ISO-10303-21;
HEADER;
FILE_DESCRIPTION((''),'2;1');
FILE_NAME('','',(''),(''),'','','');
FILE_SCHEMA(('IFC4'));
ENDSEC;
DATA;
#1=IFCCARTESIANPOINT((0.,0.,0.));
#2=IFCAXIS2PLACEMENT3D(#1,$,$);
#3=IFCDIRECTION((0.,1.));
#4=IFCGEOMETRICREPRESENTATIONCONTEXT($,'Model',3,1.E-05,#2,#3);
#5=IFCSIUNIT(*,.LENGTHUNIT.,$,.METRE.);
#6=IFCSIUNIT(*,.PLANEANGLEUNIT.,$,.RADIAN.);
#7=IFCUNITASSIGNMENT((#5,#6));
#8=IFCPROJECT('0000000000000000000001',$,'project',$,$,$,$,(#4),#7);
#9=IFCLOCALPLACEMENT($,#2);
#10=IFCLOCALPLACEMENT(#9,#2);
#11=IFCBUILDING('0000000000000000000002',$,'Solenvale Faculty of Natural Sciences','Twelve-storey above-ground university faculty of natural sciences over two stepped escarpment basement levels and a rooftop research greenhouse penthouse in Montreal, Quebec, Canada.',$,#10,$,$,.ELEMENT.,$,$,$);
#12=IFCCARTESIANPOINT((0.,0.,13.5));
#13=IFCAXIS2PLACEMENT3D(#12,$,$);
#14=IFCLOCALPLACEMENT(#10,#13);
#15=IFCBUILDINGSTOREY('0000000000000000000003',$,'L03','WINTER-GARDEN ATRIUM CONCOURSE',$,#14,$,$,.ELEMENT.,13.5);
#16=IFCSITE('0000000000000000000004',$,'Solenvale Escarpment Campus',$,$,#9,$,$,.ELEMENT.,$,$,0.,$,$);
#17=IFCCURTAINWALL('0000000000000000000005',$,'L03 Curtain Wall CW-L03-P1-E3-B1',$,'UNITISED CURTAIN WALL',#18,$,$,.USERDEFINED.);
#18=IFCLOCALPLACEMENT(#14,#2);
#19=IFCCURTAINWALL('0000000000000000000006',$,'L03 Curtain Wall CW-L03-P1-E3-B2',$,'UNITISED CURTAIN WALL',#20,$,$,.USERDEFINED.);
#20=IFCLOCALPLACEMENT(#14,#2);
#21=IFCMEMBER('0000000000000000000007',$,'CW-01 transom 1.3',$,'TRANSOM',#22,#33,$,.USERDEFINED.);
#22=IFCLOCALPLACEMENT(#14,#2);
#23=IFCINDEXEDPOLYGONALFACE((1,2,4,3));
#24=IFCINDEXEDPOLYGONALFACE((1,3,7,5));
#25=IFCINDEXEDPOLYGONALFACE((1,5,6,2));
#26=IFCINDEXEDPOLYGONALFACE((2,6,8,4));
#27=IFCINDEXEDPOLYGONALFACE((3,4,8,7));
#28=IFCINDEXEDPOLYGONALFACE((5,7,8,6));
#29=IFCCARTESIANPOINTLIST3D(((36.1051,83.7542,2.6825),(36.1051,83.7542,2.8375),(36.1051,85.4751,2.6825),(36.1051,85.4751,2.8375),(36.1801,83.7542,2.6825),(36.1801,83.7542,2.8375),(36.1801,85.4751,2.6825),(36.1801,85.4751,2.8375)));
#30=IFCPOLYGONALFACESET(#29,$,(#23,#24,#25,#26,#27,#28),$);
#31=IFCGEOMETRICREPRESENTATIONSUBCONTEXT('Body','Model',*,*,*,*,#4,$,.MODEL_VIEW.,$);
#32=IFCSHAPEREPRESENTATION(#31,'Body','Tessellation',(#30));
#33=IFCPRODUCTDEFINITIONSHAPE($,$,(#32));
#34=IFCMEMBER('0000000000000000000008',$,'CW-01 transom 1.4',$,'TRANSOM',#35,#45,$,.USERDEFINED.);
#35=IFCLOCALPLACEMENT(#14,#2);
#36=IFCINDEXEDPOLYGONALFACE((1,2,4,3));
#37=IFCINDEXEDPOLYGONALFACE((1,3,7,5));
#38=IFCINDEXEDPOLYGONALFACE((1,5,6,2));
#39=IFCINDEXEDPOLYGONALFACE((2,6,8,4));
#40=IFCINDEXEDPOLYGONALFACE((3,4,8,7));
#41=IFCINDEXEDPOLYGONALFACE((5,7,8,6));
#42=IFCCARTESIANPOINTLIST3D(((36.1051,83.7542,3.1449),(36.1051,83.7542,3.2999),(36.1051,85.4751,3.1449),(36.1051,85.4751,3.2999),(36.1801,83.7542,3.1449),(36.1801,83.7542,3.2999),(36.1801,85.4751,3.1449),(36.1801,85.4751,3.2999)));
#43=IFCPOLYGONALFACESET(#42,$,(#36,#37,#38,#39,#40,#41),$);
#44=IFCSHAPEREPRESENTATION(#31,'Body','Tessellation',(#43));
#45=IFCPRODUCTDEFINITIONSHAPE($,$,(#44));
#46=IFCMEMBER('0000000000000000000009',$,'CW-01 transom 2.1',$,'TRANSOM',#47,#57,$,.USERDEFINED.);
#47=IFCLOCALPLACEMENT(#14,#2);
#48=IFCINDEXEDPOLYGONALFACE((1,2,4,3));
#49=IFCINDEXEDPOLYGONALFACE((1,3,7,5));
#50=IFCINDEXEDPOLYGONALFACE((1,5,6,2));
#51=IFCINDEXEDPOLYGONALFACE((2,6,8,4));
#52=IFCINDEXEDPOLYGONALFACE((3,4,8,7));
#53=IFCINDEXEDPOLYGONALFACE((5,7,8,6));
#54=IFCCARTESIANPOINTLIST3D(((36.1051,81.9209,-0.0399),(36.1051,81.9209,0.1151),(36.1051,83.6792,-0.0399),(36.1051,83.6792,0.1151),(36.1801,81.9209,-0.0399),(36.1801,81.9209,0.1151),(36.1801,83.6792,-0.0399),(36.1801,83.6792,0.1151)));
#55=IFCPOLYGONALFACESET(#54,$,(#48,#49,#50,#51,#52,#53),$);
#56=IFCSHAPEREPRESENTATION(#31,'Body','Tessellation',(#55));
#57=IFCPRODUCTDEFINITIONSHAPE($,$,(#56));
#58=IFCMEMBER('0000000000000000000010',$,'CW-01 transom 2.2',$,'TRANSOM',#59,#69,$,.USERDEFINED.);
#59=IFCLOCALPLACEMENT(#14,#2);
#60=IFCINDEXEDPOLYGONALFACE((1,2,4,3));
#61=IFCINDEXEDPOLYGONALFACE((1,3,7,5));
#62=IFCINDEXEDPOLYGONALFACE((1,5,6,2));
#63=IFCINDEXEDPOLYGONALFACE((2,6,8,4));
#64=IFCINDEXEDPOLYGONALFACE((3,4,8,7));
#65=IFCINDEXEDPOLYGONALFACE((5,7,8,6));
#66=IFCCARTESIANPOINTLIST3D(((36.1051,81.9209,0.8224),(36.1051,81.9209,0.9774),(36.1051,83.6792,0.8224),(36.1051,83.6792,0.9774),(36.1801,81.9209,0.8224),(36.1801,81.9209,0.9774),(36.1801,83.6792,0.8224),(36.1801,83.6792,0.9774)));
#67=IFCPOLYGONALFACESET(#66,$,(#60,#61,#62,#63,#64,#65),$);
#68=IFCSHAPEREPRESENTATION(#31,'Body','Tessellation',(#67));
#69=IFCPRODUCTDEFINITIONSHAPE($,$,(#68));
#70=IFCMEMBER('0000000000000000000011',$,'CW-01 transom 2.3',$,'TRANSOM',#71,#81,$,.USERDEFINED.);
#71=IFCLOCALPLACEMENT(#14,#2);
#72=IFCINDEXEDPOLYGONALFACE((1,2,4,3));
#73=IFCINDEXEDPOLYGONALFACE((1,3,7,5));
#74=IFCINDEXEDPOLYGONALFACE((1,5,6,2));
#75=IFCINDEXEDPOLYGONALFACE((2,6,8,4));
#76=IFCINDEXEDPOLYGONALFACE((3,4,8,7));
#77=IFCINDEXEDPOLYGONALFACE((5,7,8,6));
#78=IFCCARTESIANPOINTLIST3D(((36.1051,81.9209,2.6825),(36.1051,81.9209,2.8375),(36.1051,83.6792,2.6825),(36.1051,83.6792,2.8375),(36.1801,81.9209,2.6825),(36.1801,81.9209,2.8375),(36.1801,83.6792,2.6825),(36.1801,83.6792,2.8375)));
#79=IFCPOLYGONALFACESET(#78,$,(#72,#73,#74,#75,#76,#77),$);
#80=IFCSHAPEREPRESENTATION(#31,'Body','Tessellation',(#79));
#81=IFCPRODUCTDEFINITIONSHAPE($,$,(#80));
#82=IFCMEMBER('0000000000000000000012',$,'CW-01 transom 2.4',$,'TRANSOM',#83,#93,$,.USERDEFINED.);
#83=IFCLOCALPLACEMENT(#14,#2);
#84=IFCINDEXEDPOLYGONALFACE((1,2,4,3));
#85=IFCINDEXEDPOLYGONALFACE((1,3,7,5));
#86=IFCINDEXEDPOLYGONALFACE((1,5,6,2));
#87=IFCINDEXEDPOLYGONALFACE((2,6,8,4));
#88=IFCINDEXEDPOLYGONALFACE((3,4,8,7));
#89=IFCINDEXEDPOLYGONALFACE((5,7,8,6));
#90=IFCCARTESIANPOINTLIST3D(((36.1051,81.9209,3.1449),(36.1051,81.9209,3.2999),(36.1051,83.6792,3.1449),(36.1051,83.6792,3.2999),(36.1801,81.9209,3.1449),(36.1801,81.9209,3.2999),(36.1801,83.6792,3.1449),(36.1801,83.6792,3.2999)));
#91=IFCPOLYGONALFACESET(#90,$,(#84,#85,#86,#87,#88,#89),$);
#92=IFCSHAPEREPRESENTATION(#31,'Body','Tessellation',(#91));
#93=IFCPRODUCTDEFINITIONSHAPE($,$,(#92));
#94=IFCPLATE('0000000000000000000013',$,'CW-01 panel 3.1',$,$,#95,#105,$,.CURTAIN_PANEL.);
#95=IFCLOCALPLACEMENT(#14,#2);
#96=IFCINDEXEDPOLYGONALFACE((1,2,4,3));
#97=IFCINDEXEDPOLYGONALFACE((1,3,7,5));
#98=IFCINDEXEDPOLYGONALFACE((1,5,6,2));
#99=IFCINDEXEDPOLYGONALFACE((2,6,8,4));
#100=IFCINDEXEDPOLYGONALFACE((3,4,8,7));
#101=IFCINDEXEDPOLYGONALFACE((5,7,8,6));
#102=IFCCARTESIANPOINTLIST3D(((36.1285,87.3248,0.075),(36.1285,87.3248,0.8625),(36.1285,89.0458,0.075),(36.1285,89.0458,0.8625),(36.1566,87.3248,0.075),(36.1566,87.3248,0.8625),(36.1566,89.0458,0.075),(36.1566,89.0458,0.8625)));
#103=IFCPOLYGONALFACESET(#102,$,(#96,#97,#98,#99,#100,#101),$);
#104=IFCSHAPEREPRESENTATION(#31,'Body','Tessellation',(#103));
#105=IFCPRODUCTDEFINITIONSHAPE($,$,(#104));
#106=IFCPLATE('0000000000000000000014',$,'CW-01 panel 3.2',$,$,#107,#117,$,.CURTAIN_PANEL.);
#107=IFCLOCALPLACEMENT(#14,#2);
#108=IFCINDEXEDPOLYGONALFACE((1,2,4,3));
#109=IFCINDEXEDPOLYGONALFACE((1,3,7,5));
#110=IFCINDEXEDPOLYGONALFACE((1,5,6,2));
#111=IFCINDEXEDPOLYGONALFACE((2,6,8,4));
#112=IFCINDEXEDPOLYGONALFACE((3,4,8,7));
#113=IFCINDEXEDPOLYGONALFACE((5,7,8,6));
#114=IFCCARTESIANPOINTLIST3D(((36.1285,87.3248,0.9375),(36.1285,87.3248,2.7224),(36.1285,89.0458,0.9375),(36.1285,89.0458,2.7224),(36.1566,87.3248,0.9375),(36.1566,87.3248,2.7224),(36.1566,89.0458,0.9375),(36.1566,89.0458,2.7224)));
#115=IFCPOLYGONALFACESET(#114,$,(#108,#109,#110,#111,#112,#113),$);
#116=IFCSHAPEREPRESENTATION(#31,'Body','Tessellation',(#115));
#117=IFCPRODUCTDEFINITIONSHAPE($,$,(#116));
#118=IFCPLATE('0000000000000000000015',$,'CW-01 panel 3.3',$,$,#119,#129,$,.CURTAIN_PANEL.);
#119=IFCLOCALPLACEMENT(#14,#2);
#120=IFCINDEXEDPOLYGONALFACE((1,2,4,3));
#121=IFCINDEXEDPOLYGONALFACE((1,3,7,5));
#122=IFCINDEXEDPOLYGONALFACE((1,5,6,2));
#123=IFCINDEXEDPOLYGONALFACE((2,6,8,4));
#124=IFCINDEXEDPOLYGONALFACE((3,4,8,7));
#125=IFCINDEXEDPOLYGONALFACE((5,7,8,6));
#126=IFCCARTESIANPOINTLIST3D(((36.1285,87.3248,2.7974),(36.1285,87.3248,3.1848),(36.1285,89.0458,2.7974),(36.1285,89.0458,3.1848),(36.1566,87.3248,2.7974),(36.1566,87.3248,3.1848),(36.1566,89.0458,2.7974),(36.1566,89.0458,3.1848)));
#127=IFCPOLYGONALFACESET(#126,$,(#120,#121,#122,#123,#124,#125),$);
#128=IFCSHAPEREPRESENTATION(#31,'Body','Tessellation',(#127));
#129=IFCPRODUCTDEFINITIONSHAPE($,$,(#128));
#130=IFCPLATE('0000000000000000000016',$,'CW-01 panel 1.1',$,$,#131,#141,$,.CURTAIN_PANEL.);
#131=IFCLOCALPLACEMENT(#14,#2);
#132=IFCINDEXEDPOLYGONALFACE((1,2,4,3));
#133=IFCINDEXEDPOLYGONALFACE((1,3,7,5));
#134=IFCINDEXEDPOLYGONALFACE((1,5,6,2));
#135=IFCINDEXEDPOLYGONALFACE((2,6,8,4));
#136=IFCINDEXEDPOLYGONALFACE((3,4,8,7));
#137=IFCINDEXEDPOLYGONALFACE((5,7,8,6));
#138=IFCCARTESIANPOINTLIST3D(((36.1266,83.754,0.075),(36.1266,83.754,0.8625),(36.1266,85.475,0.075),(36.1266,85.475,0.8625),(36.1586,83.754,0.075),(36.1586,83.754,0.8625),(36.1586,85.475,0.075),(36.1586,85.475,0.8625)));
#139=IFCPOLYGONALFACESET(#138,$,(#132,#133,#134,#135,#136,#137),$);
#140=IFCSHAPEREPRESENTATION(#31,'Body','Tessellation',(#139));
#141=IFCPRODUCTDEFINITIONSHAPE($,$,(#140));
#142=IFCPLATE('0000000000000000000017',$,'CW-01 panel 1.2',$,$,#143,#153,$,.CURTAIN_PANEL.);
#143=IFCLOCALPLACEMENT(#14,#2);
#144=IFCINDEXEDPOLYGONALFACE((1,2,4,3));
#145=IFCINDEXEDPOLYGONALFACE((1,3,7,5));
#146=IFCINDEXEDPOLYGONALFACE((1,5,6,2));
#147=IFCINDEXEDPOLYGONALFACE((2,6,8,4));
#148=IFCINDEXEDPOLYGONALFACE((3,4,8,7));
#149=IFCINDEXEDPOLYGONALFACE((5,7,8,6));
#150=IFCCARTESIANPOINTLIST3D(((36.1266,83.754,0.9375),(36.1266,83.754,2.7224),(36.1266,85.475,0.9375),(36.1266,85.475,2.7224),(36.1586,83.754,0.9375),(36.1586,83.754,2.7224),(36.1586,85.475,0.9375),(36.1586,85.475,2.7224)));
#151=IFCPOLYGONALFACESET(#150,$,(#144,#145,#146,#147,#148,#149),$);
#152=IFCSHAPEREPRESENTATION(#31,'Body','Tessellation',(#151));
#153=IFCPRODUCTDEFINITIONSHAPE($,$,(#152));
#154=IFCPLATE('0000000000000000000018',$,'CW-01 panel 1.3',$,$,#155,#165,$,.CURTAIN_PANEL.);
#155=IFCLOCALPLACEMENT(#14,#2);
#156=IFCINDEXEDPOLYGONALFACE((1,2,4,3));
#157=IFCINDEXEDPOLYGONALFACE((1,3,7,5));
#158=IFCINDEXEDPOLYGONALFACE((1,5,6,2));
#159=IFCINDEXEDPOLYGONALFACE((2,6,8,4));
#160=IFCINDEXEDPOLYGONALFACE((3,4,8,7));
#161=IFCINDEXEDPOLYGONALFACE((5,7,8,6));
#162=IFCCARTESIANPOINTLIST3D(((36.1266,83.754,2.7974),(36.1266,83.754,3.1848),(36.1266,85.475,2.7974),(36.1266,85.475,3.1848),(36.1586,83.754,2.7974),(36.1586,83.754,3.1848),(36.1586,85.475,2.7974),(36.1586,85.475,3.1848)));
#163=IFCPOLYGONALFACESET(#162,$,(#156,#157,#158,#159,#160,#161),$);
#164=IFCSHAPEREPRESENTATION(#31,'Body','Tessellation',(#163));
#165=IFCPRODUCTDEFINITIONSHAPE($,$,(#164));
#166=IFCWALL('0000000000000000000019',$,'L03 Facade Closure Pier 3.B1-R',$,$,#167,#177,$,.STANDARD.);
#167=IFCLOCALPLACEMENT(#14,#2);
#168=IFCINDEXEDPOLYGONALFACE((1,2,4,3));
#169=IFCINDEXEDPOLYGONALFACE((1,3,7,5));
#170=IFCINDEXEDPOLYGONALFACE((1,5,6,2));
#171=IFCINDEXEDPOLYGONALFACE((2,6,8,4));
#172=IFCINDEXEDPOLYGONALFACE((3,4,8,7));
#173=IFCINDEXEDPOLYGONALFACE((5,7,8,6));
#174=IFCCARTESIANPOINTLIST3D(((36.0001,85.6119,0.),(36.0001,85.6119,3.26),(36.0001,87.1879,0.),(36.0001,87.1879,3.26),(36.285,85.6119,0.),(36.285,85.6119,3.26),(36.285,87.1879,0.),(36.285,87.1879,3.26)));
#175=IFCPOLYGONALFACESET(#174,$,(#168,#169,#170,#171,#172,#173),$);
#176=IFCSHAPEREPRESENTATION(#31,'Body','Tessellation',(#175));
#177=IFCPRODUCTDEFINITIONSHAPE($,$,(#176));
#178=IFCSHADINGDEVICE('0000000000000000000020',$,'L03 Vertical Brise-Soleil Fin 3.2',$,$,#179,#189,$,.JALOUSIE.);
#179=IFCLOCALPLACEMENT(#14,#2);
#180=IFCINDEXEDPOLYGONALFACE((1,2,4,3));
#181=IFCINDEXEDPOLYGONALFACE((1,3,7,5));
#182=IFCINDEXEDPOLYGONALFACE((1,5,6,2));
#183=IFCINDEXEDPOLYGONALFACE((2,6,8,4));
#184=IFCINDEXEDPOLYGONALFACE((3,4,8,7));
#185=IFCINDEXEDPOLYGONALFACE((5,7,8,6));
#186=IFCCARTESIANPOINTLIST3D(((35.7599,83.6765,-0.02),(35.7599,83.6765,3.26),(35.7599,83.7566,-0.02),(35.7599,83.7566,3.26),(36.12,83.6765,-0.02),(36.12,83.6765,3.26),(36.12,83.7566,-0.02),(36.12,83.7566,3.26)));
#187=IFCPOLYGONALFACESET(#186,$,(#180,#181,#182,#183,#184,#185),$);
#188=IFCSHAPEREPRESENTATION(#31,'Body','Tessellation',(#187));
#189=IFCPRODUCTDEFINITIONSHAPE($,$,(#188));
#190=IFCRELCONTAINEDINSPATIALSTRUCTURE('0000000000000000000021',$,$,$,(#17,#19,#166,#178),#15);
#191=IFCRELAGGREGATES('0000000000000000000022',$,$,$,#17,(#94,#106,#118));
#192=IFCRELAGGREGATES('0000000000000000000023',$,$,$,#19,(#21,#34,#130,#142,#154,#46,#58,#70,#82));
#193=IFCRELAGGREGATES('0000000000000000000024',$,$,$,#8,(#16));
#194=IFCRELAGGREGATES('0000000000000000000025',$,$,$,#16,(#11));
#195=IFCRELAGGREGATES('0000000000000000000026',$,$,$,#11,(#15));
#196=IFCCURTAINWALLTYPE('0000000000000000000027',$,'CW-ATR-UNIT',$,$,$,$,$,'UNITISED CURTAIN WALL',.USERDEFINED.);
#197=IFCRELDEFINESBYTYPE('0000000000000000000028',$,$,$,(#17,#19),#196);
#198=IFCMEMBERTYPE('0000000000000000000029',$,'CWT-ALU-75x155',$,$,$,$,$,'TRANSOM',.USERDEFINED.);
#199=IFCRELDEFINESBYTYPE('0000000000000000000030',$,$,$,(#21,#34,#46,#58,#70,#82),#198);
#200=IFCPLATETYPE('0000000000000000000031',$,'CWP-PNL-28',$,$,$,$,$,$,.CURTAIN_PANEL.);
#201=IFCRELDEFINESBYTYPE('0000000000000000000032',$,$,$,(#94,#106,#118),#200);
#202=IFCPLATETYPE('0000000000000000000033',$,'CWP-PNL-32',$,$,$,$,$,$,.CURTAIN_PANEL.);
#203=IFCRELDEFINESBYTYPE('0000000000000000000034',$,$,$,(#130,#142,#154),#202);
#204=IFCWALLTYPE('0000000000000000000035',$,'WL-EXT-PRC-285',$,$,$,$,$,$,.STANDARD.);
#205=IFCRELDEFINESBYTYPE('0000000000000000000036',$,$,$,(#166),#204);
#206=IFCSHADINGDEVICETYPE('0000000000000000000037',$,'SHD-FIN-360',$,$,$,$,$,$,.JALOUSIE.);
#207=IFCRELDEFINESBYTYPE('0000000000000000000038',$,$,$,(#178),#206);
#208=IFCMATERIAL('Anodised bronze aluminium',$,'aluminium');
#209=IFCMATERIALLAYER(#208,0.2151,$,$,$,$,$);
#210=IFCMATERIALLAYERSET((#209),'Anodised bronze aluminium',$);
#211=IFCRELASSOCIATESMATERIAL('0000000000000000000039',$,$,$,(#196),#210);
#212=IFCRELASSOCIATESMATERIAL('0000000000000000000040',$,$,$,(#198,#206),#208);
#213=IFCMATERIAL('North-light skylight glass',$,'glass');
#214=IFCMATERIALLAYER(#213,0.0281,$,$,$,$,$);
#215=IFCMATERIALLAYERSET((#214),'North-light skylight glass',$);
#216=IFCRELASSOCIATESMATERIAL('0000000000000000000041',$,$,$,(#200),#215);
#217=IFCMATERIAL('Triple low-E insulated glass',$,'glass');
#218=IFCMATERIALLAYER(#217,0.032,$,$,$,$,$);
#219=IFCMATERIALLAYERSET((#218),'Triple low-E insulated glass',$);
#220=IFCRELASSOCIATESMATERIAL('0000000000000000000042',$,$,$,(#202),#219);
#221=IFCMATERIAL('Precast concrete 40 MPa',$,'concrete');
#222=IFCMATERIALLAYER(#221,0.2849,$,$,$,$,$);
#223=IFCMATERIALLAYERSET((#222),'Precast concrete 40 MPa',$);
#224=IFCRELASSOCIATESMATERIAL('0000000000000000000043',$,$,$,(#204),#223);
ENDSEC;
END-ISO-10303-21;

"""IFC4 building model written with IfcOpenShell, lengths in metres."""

from ifc_helpers import new_model, si_unit, direction, frame, frame_2d, origin, origin_2d, place, context, subcontext, project, spatial, rectangle, extrude, material, layer, layer_set, material_profile, profile_set, type_object, element, aggregate, save


model = new_model("IFC4")

# Units and contexts
model_context = context("Model", 3, precision=1e-05, world=origin(), true_north=direction((0.0, 1.0)))
body_context = subcontext(model_context, "Body", "Model", "MODEL_VIEW")
ifc_project = project(units=[si_unit("LENGTHUNIT", "METRE"), si_unit("PLANEANGLEUNIT", "RADIAN")], contexts=[model_context])

# Site, building, storey
site_placement = place(None, origin())
site = spatial("IfcSite", under=ifc_project, at=site_placement, Name="Solenvale Escarpment Campus", CompositionType="ELEMENT", RefElevation=0.0)
building_placement = place(site_placement, origin())
building = spatial("IfcBuilding", under=site, at=building_placement, Name="Solenvale Faculty of Natural Sciences", Description="Twelve-storey above-ground university faculty of natural sciences over two stepped escarpment basement levels and a rooftop research greenhouse penthouse in Montreal, Quebec, Canada.", CompositionType="ELEMENT")
storey_placement = place(building_placement, frame((0.0, 0.0, 13.5)))
storey = spatial("IfcBuildingStorey", under=building, at=storey_placement, Name="L03", Description="WINTER-GARDEN ATRIUM CONCOURSE", CompositionType="ELEMENT", Elevation=13.5)

# Curtain wall
ifc_material_1 = material(Name="Anodised bronze aluminium", Category="aluminium")
ifc_layer_1 = layer(ifc_material_1, 0.2151)
ifc_layer_set_1 = layer_set([ifc_layer_1], Name="Anodised bronze aluminium")
curtain_wall_type = type_object("IfcCurtainWallType", Name="CW-ATR-UNIT", ElementType="UNITISED CURTAIN WALL", PredefinedType="USERDEFINED", material=ifc_layer_set_1)
curtain_wall_1_placement = place(storey_placement, origin())
curtain_wall_1 = element("IfcCurtainWall", 1, at=curtain_wall_1_placement, inside=storey, type_object=curtain_wall_type, Name="L03 Curtain Wall CW-L03-P1-E3-B1", ObjectType="UNITISED CURTAIN WALL", PredefinedType="USERDEFINED")

# Curtain wall, members
curtain_wall_2_placement = place(storey_placement, origin())
curtain_wall_2 = element("IfcCurtainWall", 2, at=curtain_wall_2_placement, inside=storey, type_object=curtain_wall_type, Name="L03 Curtain Wall CW-L03-P1-E3-B2", ObjectType="UNITISED CURTAIN WALL", PredefinedType="USERDEFINED")
ifc_material_profile_1 = material_profile(ifc_material_1, rectangle(XDim=0.075, YDim=0.155, at=origin_2d()), Name="ALU-TRN-75x155")
ifc_profile_set_1 = profile_set([ifc_material_profile_1], Name="Anodised bronze aluminium")
member_type_1 = type_object("IfcMemberType", Name="CWT-ALU-75x155", ElementType="TRANSOM", PredefinedType="USERDEFINED", material=ifc_profile_set_1)
member_1_placement = place(storey_placement, frame((36.1426, 85.4751, 2.76), z_axis=(0.0, -1.0, 0.0), x_axis=(1.0, 0.0, 0.0)))
member_1 = element("IfcMember", 3, at=member_1_placement, type_object=member_type_1, Name="CW-01 transom 1.3", ObjectType="TRANSOM", PredefinedType="USERDEFINED", context=body_context, shape_type="SweptSolid", body=[
    extrude(rectangle(XDim=0.075, YDim=0.155, at=origin_2d()), origin(), (0.0, 0.0, 1.0), 1.7209),
])
member_2_placement = place(storey_placement, frame((36.1426, 85.4751, 3.2224), z_axis=(0.0, -1.0, 0.0), x_axis=(1.0, 0.0, 0.0)))
member_2 = element("IfcMember", 4, at=member_2_placement, type_object=member_type_1, Name="CW-01 transom 1.4", ObjectType="TRANSOM", PredefinedType="USERDEFINED", context=body_context, shape_type="SweptSolid", body=[
    extrude(rectangle(XDim=0.075, YDim=0.155, at=origin_2d()), origin(), (0.0, 0.0, 1.0), 1.7209),
])
member_3_placement = place(storey_placement, frame((36.1426, 83.6792, 0.0376), z_axis=(0.0, -1.0, 0.0), x_axis=(1.0, 0.0, 0.0)))
member_3 = element("IfcMember", 5, at=member_3_placement, type_object=member_type_1, Name="CW-01 transom 2.1", ObjectType="TRANSOM", PredefinedType="USERDEFINED", context=body_context, shape_type="SweptSolid", body=[
    extrude(rectangle(XDim=0.075, YDim=0.155, at=origin_2d()), origin(), (0.0, 0.0, 1.0), 1.7583),
])
member_4_placement = place(storey_placement, frame((36.1426, 83.6792, 0.8999), z_axis=(0.0, -1.0, 0.0), x_axis=(1.0, 0.0, 0.0)))
member_4 = element("IfcMember", 6, at=member_4_placement, type_object=member_type_1, Name="CW-01 transom 2.2", ObjectType="TRANSOM", PredefinedType="USERDEFINED", context=body_context, shape_type="SweptSolid", body=[
    extrude(rectangle(XDim=0.075, YDim=0.155, at=origin_2d()), origin(), (0.0, 0.0, 1.0), 1.7583),
])
member_5_placement = place(storey_placement, frame((36.1426, 83.6792, 2.76), z_axis=(0.0, -1.0, 0.0), x_axis=(1.0, 0.0, 0.0)))
member_5 = element("IfcMember", 7, at=member_5_placement, type_object=member_type_1, Name="CW-01 transom 2.3", ObjectType="TRANSOM", PredefinedType="USERDEFINED", context=body_context, shape_type="SweptSolid", body=[
    extrude(rectangle(XDim=0.075, YDim=0.155, at=origin_2d()), origin(), (0.0, 0.0, 1.0), 1.7583),
])
member_6_placement = place(storey_placement, frame((36.1426, 83.6792, 3.2224), z_axis=(0.0, -1.0, 0.0), x_axis=(1.0, 0.0, 0.0)))
member_6 = element("IfcMember", 8, at=member_6_placement, type_object=member_type_1, Name="CW-01 transom 2.4", ObjectType="TRANSOM", PredefinedType="USERDEFINED", context=body_context, shape_type="SweptSolid", body=[
    extrude(rectangle(XDim=0.075, YDim=0.155, at=origin_2d()), origin(), (0.0, 0.0, 1.0), 1.7583),
])

# Plates
ifc_material_2 = material(Name="North-light skylight glass", Category="glass")
ifc_layer_2 = layer(ifc_material_2, 0.0281)
ifc_layer_set_2 = layer_set([ifc_layer_2], Name="North-light skylight glass")
plate_type_1 = type_object("IfcPlateType", Name="CWP-PNL-28", PredefinedType="CURTAIN_PANEL", material=ifc_layer_set_2)
plate_1_placement = place(storey_placement, frame((36.1426, 88.1853, 0.075), z_axis=(0.0, 0.0, 1.0), x_axis=(0.0, -1.0, 0.0)))
plate_1 = element("IfcPlate", 9, at=plate_1_placement, type_object=plate_type_1, Name="CW-01 panel 3.1", PredefinedType="CURTAIN_PANEL", context=body_context, shape_type="SweptSolid", body=[
    extrude(rectangle(XDim=1.7209, YDim=0.0281, at=origin_2d()), origin(), (0.0, 0.0, 1.0), 0.7876),
])
plate_2_placement = place(storey_placement, frame((36.1426, 88.1853, 0.9375), z_axis=(0.0, 0.0, 1.0), x_axis=(0.0, -1.0, 0.0)))
plate_2 = element("IfcPlate", 10, at=plate_2_placement, type_object=plate_type_1, Name="CW-01 panel 3.2", PredefinedType="CURTAIN_PANEL", context=body_context, shape_type="SweptSolid", body=[
    extrude(rectangle(XDim=1.7209, YDim=0.0281, at=origin_2d()), origin(), (0.0, 0.0, 1.0), 1.7849),
])
plate_3_placement = place(storey_placement, frame((36.1426, 88.1853, 2.7974), z_axis=(0.0, 0.0, 1.0), x_axis=(0.0, -1.0, 0.0)))
plate_3 = element("IfcPlate", 11, at=plate_3_placement, type_object=plate_type_1, Name="CW-01 panel 3.3", PredefinedType="CURTAIN_PANEL", context=body_context, shape_type="SweptSolid", body=[
    extrude(rectangle(XDim=1.7209, YDim=0.0281, at=origin_2d()), origin(), (0.0, 0.0, 1.0), 0.3875),
])
aggregate(curtain_wall_1, [plate_1, plate_2, plate_3])
ifc_material_3 = material(Name="Triple low-E insulated glass", Category="glass")
ifc_layer_3 = layer(ifc_material_3, 0.032)
ifc_layer_set_3 = layer_set([ifc_layer_3], Name="Triple low-E insulated glass")
plate_type_2 = type_object("IfcPlateType", Name="CWP-PNL-32", PredefinedType="CURTAIN_PANEL", material=ifc_layer_set_3)
plate_4_placement = place(storey_placement, frame((36.1426, 84.6145, 0.075), z_axis=(0.0, 0.0, 1.0), x_axis=(0.0, -1.0, 0.0)))
plate_4 = element("IfcPlate", 12, at=plate_4_placement, type_object=plate_type_2, Name="CW-01 panel 1.1", PredefinedType="CURTAIN_PANEL", context=body_context, shape_type="SweptSolid", body=[
    extrude(rectangle(XDim=1.7209, YDim=0.032, at=origin_2d()), origin(), (0.0, 0.0, 1.0), 0.7876),
])
plate_5_placement = place(storey_placement, frame((36.1426, 84.6145, 0.9375), z_axis=(0.0, 0.0, 1.0), x_axis=(0.0, -1.0, 0.0)))
plate_5 = element("IfcPlate", 13, at=plate_5_placement, type_object=plate_type_2, Name="CW-01 panel 1.2", PredefinedType="CURTAIN_PANEL", context=body_context, shape_type="SweptSolid", body=[
    extrude(rectangle(XDim=1.7209, YDim=0.032, at=origin_2d()), origin(), (0.0, 0.0, 1.0), 1.7849),
])
plate_6_placement = place(storey_placement, frame((36.1426, 84.6145, 2.7974), z_axis=(0.0, 0.0, 1.0), x_axis=(0.0, -1.0, 0.0)))
plate_6 = element("IfcPlate", 14, at=plate_6_placement, type_object=plate_type_2, Name="CW-01 panel 1.3", PredefinedType="CURTAIN_PANEL", context=body_context, shape_type="SweptSolid", body=[
    extrude(rectangle(XDim=1.7209, YDim=0.032, at=origin_2d()), origin(), (0.0, 0.0, 1.0), 0.3875),
])
aggregate(curtain_wall_2, [member_1, member_2, plate_4, plate_5, plate_6, member_3, member_4, member_5, member_6])

# Wall
ifc_material_4 = material(Name="Precast concrete 40 MPa", Category="concrete")
ifc_layer_4 = layer(ifc_material_4, 0.2849)
ifc_layer_set_4 = layer_set([ifc_layer_4], Name="Precast concrete 40 MPa")
wall_type = type_object("IfcWallType", Name="WL-EXT-PRC-285", PredefinedType="STANDARD", material=ifc_layer_set_4)
wall_placement = place(storey_placement, frame((36.1426, 87.188, 0.0), z_axis=(0.0, 0.0, 1.0), x_axis=(0.0, -1.0, 0.0)))
element("IfcWall", 15, at=wall_placement, inside=storey, type_object=wall_type, Name="L03 Facade Closure Pier 3.B1-R", PredefinedType="STANDARD", context=body_context, shape_type="SweptSolid", body=[
    extrude(rectangle(XDim=1.5759, YDim=0.2849, at=frame_2d((0.7881, 0.0))), origin(), (0.0, 0.0, 1.0), 3.26),
])

# Shading device
ifc_material_profile_2 = material_profile(ifc_material_1, rectangle(XDim=0.0801, YDim=0.3601, at=origin_2d()), Name="ALU-FIN-80x360")
ifc_profile_set_2 = profile_set([ifc_material_profile_2], Name="Anodised bronze aluminium")
shading_device_type = type_object("IfcShadingDeviceType", Name="SHD-FIN-360", PredefinedType="JALOUSIE", material=ifc_profile_set_2)
shading_device_placement = place(storey_placement, frame((35.9399, 83.7166, -0.02), z_axis=(0.0, 0.0, 1.0), x_axis=(0.0, 1.0, 0.0)))
element("IfcShadingDevice", 16, at=shading_device_placement, inside=storey, type_object=shading_device_type, Name="L03 Vertical Brise-Soleil Fin 3.2", PredefinedType="JALOUSIE", context=body_context, shape_type="SweptSolid", body=[
    extrude(rectangle(XDim=0.0801, YDim=0.3601, at=origin_2d()), origin(), (0.0, 0.0, 1.0), 3.28),
])

save(model, "model.ifc")
